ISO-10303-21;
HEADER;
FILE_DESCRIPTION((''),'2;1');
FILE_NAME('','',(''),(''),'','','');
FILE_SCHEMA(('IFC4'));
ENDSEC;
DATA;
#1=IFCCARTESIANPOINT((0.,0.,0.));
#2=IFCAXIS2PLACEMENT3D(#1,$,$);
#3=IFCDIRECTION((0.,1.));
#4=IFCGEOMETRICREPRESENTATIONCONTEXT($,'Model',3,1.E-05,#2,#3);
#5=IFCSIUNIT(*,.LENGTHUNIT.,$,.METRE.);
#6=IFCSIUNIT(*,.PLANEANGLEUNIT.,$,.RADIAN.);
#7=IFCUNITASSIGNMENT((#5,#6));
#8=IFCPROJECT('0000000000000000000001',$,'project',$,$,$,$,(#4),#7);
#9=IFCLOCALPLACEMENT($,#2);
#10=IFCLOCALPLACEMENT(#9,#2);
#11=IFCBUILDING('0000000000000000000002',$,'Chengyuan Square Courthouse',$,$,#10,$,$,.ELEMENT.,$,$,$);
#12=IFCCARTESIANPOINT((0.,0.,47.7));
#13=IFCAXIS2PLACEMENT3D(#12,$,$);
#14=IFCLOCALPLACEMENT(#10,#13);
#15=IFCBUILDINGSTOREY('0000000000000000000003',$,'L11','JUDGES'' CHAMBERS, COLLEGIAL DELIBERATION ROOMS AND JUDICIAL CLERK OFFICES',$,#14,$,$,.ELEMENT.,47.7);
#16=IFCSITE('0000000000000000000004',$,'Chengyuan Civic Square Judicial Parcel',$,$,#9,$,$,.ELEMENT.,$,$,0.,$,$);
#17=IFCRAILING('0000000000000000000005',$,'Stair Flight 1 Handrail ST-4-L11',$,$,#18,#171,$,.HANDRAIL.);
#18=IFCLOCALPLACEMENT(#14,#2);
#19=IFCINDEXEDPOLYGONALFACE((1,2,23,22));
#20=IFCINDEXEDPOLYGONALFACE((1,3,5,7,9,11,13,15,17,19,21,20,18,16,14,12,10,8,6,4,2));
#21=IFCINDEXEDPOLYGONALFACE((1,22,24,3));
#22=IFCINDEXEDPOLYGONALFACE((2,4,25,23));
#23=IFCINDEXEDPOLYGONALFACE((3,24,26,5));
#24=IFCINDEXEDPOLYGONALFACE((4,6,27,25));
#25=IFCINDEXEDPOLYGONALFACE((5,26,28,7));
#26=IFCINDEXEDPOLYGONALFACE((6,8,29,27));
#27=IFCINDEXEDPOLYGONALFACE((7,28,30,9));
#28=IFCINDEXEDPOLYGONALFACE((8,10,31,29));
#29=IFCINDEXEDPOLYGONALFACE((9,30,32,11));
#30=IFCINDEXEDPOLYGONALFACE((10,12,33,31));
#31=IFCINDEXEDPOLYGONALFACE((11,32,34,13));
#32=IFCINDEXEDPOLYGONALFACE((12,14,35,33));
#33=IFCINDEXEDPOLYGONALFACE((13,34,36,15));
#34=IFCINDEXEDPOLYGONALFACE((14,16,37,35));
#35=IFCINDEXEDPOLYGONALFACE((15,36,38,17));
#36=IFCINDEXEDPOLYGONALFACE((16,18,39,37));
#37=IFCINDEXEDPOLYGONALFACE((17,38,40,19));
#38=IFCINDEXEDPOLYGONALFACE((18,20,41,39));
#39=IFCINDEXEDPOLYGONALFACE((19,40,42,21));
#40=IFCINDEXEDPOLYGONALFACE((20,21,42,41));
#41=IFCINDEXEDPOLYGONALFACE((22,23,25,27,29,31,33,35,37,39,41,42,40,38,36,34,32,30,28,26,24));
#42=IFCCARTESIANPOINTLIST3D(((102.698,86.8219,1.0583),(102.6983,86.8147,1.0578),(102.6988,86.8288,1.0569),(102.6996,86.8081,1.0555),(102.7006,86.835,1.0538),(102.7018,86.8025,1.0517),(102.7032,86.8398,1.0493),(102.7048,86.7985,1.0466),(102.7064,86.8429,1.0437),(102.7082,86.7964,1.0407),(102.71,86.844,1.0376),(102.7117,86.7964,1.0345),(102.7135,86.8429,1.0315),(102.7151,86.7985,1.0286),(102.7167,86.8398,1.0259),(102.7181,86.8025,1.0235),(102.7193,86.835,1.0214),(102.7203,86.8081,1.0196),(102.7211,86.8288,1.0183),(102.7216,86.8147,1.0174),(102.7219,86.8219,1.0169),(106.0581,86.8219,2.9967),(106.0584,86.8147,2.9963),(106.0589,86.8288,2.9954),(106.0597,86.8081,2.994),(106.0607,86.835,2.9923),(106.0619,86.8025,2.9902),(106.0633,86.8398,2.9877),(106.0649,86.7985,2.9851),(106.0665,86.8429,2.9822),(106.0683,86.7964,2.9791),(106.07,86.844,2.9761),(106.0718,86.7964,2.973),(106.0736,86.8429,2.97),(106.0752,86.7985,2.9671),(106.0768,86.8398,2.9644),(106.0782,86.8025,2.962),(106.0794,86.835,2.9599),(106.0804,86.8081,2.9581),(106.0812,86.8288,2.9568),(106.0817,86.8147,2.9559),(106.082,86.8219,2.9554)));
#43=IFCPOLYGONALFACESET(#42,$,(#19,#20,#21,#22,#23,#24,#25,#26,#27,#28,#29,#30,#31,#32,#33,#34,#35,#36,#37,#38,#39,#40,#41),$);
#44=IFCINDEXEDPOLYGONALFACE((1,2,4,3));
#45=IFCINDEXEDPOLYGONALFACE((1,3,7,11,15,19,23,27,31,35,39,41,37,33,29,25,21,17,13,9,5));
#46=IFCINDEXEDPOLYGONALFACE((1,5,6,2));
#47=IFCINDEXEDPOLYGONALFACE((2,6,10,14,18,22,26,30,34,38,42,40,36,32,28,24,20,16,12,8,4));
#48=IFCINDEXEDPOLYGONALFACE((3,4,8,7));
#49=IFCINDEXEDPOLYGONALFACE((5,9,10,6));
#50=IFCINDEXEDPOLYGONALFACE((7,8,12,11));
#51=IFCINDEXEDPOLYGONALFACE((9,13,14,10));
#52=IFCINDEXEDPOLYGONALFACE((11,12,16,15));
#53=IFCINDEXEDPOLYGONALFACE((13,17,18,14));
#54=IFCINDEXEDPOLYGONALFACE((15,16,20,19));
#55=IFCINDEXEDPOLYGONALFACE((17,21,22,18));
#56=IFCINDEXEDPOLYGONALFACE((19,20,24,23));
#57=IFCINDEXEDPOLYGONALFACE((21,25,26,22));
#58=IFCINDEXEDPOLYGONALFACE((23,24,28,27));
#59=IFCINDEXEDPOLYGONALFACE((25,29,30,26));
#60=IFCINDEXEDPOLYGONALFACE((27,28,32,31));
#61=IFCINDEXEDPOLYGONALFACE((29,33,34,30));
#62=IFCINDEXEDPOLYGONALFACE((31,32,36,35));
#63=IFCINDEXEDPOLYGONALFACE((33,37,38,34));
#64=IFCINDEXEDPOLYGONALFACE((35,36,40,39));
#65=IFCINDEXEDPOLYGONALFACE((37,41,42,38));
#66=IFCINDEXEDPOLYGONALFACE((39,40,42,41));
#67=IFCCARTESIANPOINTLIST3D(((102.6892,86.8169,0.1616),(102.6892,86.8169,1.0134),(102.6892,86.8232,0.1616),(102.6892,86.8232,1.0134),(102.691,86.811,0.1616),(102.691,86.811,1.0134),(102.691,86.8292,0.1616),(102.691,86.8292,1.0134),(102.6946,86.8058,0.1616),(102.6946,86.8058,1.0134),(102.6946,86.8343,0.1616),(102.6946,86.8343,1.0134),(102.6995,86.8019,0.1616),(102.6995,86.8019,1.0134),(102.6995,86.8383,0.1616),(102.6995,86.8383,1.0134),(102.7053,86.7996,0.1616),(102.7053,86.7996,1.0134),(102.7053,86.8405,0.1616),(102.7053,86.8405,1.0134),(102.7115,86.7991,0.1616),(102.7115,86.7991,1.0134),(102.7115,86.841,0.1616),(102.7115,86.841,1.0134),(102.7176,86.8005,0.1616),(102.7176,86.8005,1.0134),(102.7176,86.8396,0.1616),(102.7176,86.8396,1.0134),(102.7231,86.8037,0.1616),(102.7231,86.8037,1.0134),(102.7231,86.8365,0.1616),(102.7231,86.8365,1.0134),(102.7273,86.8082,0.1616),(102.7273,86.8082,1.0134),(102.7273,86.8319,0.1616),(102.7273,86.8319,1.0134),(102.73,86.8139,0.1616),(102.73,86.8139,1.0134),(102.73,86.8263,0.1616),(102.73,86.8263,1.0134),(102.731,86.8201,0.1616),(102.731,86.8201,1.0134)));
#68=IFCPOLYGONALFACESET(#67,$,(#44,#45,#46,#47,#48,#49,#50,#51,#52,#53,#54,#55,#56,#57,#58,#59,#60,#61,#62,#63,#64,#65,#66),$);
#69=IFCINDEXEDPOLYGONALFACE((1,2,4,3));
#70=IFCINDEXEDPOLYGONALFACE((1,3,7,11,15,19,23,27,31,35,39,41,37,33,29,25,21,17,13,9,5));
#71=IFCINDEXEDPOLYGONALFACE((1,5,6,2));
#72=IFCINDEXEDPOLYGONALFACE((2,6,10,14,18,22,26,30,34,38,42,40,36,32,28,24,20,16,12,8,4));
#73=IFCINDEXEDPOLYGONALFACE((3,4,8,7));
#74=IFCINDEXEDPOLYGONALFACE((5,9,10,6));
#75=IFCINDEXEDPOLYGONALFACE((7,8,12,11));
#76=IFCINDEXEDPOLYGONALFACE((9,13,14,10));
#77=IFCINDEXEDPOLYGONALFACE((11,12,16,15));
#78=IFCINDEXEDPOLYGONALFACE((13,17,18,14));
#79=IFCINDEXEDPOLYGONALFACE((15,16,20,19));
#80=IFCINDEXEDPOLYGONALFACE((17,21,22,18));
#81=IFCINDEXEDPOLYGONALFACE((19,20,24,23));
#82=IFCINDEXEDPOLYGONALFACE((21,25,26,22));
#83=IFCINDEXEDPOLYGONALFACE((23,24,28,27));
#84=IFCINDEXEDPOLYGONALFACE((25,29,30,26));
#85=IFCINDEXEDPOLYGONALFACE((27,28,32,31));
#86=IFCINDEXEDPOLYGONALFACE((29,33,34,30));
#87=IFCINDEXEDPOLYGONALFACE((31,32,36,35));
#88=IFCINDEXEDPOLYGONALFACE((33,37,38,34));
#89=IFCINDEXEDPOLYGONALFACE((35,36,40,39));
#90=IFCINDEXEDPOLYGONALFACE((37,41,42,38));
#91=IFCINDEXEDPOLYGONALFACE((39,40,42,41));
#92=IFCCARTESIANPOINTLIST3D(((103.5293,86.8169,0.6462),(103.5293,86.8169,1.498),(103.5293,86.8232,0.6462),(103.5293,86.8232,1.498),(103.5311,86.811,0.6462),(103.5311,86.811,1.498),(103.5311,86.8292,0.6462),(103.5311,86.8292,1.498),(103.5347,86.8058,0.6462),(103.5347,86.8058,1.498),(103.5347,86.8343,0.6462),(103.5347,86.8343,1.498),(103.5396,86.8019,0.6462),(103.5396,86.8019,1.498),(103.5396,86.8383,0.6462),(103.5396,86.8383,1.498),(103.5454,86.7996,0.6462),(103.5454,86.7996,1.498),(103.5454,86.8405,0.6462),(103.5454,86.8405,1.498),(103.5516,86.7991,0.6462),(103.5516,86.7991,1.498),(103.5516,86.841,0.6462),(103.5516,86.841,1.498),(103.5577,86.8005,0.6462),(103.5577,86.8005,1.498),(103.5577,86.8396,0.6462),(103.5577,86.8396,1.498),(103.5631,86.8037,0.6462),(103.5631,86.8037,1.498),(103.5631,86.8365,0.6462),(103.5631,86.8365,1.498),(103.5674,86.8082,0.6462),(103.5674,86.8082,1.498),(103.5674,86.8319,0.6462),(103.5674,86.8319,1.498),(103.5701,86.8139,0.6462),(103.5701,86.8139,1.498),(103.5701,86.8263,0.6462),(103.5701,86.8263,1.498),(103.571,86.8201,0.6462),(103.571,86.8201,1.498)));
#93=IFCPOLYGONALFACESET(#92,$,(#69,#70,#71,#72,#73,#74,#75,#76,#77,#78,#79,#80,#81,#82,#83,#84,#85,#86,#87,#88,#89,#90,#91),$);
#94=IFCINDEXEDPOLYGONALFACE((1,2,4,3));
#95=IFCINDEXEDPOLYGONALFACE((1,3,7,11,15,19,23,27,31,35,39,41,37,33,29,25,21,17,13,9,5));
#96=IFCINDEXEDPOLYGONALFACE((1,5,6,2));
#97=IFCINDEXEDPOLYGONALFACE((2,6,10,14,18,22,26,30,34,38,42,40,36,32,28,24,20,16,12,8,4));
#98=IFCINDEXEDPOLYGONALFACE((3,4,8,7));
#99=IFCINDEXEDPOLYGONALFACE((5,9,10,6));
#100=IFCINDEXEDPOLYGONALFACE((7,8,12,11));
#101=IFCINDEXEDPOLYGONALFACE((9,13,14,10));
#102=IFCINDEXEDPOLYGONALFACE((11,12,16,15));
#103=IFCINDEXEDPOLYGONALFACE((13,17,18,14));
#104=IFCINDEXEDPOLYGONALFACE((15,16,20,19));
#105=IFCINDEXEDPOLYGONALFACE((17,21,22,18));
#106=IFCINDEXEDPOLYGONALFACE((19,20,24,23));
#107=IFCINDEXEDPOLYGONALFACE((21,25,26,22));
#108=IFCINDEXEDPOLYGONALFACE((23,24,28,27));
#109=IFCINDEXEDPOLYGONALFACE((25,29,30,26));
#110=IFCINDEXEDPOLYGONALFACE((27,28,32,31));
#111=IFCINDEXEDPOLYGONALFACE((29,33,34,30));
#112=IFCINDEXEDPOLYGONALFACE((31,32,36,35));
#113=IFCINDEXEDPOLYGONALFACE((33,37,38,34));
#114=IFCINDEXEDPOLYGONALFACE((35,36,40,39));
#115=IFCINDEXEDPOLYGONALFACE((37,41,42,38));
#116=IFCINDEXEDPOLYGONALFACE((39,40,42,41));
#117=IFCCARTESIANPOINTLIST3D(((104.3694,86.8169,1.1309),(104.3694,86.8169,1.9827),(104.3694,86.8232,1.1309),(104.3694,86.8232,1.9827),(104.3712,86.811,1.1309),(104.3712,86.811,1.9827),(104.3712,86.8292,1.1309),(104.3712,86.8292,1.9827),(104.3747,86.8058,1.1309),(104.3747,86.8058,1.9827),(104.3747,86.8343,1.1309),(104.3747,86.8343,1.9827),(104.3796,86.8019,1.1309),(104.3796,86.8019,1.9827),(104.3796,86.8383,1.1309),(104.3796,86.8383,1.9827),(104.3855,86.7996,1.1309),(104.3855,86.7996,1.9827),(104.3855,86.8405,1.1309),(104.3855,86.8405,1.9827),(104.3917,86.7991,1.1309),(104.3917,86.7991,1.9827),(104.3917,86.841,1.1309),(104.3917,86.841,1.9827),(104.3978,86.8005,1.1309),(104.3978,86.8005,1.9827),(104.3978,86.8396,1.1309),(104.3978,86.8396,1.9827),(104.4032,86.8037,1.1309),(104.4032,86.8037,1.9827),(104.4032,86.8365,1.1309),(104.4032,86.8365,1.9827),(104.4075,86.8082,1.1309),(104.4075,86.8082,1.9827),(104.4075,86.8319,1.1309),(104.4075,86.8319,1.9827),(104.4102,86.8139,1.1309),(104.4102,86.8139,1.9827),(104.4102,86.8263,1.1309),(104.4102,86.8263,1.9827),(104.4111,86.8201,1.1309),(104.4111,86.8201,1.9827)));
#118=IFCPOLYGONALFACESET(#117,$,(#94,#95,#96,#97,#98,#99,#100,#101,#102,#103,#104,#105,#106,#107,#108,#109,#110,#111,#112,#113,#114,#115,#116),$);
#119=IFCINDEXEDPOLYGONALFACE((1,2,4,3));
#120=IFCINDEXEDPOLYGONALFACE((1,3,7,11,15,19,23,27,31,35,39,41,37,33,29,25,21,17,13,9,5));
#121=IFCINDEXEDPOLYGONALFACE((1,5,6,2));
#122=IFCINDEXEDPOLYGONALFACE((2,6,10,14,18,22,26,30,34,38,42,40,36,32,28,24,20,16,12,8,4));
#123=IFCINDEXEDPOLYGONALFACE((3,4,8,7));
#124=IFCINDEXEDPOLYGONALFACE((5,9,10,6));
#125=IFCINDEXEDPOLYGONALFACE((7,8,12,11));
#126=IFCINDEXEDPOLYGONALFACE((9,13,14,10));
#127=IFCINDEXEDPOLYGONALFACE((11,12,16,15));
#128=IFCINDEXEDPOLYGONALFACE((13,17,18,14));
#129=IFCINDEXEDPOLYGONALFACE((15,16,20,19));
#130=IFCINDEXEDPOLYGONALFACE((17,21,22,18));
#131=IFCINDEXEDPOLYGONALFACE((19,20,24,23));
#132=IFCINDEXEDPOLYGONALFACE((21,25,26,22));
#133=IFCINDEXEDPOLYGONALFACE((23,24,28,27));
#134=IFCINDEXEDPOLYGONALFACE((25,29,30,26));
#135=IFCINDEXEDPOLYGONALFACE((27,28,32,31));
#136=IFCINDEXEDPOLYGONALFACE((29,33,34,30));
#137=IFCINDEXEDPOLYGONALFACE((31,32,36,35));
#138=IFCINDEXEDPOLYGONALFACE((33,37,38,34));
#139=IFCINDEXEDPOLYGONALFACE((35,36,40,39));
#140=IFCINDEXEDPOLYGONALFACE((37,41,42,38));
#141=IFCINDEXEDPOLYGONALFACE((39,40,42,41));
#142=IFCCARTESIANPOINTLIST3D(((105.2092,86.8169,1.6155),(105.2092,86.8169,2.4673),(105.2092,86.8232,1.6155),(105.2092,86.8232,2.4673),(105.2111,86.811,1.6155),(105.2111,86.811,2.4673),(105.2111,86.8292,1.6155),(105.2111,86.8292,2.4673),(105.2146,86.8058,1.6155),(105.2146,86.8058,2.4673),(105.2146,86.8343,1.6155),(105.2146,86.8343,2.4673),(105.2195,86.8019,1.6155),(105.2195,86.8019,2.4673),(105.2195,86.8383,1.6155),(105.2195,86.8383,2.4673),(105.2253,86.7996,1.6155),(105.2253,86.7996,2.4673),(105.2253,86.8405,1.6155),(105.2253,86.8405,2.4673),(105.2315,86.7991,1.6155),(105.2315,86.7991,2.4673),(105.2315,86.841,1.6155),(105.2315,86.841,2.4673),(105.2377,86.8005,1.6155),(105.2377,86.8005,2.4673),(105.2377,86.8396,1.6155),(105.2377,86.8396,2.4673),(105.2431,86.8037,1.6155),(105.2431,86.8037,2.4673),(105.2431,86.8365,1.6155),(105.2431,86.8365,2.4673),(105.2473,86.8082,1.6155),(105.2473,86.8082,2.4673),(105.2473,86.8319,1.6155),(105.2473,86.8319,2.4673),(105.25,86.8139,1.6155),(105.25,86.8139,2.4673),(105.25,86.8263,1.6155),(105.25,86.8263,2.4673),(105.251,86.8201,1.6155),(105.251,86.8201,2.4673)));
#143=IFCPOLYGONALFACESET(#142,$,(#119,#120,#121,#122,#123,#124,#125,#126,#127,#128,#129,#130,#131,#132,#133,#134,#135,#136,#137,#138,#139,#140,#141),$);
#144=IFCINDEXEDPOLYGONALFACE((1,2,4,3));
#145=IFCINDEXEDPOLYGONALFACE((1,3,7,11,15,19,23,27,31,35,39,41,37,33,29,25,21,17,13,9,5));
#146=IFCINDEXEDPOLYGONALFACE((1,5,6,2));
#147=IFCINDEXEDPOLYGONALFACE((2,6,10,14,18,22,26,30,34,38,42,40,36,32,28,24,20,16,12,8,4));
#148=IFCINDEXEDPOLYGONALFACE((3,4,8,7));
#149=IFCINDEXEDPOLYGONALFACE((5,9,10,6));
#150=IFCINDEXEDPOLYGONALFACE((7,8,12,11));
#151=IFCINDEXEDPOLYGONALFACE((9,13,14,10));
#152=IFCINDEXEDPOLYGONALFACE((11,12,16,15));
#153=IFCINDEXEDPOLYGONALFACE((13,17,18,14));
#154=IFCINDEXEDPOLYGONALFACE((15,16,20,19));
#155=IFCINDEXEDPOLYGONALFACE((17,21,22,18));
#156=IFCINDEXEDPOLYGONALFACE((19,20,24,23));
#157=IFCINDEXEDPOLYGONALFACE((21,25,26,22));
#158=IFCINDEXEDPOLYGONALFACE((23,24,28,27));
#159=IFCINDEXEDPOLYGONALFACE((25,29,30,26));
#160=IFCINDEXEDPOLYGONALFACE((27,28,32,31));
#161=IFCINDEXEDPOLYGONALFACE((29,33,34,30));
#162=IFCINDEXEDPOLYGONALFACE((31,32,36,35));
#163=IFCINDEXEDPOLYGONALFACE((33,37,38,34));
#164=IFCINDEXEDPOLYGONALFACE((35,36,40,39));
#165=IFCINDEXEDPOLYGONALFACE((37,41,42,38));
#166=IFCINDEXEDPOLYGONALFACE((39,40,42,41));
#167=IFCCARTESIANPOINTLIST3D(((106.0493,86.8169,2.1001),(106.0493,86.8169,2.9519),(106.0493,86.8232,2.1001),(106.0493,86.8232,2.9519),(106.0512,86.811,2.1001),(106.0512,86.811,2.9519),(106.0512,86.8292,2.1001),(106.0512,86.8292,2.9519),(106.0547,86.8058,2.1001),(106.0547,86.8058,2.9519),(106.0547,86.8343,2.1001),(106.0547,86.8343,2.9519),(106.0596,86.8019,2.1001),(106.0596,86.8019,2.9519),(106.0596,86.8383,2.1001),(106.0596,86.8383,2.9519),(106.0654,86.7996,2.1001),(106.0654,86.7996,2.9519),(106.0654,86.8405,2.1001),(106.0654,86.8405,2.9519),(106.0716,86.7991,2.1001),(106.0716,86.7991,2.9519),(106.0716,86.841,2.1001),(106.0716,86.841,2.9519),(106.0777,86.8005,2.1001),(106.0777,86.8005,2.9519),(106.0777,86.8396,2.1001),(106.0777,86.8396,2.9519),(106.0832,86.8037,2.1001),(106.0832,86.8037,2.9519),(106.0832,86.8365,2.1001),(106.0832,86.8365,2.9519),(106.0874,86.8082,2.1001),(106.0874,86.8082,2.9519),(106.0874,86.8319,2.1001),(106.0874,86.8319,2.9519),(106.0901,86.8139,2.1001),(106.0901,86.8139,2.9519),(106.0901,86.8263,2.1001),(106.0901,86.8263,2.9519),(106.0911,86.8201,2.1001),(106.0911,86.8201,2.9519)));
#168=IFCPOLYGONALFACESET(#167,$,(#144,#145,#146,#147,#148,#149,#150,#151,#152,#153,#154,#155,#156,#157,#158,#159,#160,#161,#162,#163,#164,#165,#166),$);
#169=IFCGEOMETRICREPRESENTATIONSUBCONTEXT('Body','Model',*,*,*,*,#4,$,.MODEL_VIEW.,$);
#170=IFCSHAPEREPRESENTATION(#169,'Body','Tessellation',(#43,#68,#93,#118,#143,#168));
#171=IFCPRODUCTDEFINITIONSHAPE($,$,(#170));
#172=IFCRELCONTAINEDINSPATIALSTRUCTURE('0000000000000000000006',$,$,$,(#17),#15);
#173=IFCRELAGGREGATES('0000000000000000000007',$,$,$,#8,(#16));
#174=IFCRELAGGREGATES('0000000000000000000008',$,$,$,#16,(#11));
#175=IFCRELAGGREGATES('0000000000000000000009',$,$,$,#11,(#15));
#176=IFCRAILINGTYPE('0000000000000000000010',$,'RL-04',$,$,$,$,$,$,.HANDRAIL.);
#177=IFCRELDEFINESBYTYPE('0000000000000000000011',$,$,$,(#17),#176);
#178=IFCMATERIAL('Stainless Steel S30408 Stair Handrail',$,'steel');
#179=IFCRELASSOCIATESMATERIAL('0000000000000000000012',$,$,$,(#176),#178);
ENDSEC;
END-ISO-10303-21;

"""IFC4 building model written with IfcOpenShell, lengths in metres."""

from ifc_helpers import new_model, si_unit, direction, frame, origin, origin_2d, place, context, subcontext, project, spatial, circle, extrude, material, type_object, element, save


model = new_model("IFC4")

# Units and contexts
model_context = context("Model", 3, precision=1e-05, world=origin(), true_north=direction((0.0, 1.0)))
body_context = subcontext(model_context, "Body", "Model", "MODEL_VIEW")
ifc_project = project(units=[si_unit("LENGTHUNIT", "METRE"), si_unit("PLANEANGLEUNIT", "RADIAN")], contexts=[model_context])

# Site, building, storey
site_placement = place(None, origin())
site = spatial("IfcSite", under=ifc_project, at=site_placement, Name="Chengyuan Civic Square Judicial Parcel", CompositionType="ELEMENT", RefElevation=0.0)
building_placement = place(site_placement, origin())
building = spatial("IfcBuilding", under=site, at=building_placement, Name="Chengyuan Square Courthouse", CompositionType="ELEMENT")
storey_placement = place(building_placement, frame((0.0, 0.0, 47.7)))
storey = spatial("IfcBuildingStorey", under=building, at=storey_placement, Name="L11", Description="JUDGES' CHAMBERS, COLLEGIAL DELIBERATION ROOMS AND JUDICIAL CLERK OFFICES", CompositionType="ELEMENT", Elevation=47.7)

# Railing
ifc_material_1 = material(Name="Stainless Steel S30408 Stair Handrail", Category="steel")
railing_type_1 = type_object("IfcRailingType", Name="RL-04", PredefinedType="HANDRAIL", material=ifc_material_1)
railing_1_placement = place(storey_placement, frame((102.71, 86.8201, 0.1616)))
element("IfcRailing", 1, at=railing_1_placement, inside=storey, type_object=railing_type_1, Name="Stair Flight 1 Handrail ST-4-L11", PredefinedType="HANDRAIL", context=body_context, shape_type="SweptSolid", body=[
    extrude(circle(Radius=0.0239, at=origin_2d()), frame((0.0, 0.0, 0.876), z_axis=(0.866191, 0.0, 0.499713), x_axis=(0.0, 1.0, 0.0)), (0.0, 0.0, 1.0), 3.8792),
    extrude(circle(Radius=0.021, at=origin_2d()), origin(), (0.0, 0.0, 1.0), 0.8518),
    extrude(circle(Radius=0.021, at=origin_2d()), frame((0.8401, 0.0, 0.4846)), (0.0, 0.0, 1.0), 0.8518),
    extrude(circle(Radius=0.021, at=origin_2d()), frame((1.6802, 0.0, 0.9692)), (0.0, 0.0, 1.0), 0.8518),
    extrude(circle(Radius=0.021, at=origin_2d()), frame((2.52, 0.0, 1.4539)), (0.0, 0.0, 1.0), 0.8518),
    extrude(circle(Radius=0.021, at=origin_2d()), frame((3.3601, 0.0, 1.9385)), (0.0, 0.0, 1.0), 0.8518),
])

save(model, "model.ifc")
